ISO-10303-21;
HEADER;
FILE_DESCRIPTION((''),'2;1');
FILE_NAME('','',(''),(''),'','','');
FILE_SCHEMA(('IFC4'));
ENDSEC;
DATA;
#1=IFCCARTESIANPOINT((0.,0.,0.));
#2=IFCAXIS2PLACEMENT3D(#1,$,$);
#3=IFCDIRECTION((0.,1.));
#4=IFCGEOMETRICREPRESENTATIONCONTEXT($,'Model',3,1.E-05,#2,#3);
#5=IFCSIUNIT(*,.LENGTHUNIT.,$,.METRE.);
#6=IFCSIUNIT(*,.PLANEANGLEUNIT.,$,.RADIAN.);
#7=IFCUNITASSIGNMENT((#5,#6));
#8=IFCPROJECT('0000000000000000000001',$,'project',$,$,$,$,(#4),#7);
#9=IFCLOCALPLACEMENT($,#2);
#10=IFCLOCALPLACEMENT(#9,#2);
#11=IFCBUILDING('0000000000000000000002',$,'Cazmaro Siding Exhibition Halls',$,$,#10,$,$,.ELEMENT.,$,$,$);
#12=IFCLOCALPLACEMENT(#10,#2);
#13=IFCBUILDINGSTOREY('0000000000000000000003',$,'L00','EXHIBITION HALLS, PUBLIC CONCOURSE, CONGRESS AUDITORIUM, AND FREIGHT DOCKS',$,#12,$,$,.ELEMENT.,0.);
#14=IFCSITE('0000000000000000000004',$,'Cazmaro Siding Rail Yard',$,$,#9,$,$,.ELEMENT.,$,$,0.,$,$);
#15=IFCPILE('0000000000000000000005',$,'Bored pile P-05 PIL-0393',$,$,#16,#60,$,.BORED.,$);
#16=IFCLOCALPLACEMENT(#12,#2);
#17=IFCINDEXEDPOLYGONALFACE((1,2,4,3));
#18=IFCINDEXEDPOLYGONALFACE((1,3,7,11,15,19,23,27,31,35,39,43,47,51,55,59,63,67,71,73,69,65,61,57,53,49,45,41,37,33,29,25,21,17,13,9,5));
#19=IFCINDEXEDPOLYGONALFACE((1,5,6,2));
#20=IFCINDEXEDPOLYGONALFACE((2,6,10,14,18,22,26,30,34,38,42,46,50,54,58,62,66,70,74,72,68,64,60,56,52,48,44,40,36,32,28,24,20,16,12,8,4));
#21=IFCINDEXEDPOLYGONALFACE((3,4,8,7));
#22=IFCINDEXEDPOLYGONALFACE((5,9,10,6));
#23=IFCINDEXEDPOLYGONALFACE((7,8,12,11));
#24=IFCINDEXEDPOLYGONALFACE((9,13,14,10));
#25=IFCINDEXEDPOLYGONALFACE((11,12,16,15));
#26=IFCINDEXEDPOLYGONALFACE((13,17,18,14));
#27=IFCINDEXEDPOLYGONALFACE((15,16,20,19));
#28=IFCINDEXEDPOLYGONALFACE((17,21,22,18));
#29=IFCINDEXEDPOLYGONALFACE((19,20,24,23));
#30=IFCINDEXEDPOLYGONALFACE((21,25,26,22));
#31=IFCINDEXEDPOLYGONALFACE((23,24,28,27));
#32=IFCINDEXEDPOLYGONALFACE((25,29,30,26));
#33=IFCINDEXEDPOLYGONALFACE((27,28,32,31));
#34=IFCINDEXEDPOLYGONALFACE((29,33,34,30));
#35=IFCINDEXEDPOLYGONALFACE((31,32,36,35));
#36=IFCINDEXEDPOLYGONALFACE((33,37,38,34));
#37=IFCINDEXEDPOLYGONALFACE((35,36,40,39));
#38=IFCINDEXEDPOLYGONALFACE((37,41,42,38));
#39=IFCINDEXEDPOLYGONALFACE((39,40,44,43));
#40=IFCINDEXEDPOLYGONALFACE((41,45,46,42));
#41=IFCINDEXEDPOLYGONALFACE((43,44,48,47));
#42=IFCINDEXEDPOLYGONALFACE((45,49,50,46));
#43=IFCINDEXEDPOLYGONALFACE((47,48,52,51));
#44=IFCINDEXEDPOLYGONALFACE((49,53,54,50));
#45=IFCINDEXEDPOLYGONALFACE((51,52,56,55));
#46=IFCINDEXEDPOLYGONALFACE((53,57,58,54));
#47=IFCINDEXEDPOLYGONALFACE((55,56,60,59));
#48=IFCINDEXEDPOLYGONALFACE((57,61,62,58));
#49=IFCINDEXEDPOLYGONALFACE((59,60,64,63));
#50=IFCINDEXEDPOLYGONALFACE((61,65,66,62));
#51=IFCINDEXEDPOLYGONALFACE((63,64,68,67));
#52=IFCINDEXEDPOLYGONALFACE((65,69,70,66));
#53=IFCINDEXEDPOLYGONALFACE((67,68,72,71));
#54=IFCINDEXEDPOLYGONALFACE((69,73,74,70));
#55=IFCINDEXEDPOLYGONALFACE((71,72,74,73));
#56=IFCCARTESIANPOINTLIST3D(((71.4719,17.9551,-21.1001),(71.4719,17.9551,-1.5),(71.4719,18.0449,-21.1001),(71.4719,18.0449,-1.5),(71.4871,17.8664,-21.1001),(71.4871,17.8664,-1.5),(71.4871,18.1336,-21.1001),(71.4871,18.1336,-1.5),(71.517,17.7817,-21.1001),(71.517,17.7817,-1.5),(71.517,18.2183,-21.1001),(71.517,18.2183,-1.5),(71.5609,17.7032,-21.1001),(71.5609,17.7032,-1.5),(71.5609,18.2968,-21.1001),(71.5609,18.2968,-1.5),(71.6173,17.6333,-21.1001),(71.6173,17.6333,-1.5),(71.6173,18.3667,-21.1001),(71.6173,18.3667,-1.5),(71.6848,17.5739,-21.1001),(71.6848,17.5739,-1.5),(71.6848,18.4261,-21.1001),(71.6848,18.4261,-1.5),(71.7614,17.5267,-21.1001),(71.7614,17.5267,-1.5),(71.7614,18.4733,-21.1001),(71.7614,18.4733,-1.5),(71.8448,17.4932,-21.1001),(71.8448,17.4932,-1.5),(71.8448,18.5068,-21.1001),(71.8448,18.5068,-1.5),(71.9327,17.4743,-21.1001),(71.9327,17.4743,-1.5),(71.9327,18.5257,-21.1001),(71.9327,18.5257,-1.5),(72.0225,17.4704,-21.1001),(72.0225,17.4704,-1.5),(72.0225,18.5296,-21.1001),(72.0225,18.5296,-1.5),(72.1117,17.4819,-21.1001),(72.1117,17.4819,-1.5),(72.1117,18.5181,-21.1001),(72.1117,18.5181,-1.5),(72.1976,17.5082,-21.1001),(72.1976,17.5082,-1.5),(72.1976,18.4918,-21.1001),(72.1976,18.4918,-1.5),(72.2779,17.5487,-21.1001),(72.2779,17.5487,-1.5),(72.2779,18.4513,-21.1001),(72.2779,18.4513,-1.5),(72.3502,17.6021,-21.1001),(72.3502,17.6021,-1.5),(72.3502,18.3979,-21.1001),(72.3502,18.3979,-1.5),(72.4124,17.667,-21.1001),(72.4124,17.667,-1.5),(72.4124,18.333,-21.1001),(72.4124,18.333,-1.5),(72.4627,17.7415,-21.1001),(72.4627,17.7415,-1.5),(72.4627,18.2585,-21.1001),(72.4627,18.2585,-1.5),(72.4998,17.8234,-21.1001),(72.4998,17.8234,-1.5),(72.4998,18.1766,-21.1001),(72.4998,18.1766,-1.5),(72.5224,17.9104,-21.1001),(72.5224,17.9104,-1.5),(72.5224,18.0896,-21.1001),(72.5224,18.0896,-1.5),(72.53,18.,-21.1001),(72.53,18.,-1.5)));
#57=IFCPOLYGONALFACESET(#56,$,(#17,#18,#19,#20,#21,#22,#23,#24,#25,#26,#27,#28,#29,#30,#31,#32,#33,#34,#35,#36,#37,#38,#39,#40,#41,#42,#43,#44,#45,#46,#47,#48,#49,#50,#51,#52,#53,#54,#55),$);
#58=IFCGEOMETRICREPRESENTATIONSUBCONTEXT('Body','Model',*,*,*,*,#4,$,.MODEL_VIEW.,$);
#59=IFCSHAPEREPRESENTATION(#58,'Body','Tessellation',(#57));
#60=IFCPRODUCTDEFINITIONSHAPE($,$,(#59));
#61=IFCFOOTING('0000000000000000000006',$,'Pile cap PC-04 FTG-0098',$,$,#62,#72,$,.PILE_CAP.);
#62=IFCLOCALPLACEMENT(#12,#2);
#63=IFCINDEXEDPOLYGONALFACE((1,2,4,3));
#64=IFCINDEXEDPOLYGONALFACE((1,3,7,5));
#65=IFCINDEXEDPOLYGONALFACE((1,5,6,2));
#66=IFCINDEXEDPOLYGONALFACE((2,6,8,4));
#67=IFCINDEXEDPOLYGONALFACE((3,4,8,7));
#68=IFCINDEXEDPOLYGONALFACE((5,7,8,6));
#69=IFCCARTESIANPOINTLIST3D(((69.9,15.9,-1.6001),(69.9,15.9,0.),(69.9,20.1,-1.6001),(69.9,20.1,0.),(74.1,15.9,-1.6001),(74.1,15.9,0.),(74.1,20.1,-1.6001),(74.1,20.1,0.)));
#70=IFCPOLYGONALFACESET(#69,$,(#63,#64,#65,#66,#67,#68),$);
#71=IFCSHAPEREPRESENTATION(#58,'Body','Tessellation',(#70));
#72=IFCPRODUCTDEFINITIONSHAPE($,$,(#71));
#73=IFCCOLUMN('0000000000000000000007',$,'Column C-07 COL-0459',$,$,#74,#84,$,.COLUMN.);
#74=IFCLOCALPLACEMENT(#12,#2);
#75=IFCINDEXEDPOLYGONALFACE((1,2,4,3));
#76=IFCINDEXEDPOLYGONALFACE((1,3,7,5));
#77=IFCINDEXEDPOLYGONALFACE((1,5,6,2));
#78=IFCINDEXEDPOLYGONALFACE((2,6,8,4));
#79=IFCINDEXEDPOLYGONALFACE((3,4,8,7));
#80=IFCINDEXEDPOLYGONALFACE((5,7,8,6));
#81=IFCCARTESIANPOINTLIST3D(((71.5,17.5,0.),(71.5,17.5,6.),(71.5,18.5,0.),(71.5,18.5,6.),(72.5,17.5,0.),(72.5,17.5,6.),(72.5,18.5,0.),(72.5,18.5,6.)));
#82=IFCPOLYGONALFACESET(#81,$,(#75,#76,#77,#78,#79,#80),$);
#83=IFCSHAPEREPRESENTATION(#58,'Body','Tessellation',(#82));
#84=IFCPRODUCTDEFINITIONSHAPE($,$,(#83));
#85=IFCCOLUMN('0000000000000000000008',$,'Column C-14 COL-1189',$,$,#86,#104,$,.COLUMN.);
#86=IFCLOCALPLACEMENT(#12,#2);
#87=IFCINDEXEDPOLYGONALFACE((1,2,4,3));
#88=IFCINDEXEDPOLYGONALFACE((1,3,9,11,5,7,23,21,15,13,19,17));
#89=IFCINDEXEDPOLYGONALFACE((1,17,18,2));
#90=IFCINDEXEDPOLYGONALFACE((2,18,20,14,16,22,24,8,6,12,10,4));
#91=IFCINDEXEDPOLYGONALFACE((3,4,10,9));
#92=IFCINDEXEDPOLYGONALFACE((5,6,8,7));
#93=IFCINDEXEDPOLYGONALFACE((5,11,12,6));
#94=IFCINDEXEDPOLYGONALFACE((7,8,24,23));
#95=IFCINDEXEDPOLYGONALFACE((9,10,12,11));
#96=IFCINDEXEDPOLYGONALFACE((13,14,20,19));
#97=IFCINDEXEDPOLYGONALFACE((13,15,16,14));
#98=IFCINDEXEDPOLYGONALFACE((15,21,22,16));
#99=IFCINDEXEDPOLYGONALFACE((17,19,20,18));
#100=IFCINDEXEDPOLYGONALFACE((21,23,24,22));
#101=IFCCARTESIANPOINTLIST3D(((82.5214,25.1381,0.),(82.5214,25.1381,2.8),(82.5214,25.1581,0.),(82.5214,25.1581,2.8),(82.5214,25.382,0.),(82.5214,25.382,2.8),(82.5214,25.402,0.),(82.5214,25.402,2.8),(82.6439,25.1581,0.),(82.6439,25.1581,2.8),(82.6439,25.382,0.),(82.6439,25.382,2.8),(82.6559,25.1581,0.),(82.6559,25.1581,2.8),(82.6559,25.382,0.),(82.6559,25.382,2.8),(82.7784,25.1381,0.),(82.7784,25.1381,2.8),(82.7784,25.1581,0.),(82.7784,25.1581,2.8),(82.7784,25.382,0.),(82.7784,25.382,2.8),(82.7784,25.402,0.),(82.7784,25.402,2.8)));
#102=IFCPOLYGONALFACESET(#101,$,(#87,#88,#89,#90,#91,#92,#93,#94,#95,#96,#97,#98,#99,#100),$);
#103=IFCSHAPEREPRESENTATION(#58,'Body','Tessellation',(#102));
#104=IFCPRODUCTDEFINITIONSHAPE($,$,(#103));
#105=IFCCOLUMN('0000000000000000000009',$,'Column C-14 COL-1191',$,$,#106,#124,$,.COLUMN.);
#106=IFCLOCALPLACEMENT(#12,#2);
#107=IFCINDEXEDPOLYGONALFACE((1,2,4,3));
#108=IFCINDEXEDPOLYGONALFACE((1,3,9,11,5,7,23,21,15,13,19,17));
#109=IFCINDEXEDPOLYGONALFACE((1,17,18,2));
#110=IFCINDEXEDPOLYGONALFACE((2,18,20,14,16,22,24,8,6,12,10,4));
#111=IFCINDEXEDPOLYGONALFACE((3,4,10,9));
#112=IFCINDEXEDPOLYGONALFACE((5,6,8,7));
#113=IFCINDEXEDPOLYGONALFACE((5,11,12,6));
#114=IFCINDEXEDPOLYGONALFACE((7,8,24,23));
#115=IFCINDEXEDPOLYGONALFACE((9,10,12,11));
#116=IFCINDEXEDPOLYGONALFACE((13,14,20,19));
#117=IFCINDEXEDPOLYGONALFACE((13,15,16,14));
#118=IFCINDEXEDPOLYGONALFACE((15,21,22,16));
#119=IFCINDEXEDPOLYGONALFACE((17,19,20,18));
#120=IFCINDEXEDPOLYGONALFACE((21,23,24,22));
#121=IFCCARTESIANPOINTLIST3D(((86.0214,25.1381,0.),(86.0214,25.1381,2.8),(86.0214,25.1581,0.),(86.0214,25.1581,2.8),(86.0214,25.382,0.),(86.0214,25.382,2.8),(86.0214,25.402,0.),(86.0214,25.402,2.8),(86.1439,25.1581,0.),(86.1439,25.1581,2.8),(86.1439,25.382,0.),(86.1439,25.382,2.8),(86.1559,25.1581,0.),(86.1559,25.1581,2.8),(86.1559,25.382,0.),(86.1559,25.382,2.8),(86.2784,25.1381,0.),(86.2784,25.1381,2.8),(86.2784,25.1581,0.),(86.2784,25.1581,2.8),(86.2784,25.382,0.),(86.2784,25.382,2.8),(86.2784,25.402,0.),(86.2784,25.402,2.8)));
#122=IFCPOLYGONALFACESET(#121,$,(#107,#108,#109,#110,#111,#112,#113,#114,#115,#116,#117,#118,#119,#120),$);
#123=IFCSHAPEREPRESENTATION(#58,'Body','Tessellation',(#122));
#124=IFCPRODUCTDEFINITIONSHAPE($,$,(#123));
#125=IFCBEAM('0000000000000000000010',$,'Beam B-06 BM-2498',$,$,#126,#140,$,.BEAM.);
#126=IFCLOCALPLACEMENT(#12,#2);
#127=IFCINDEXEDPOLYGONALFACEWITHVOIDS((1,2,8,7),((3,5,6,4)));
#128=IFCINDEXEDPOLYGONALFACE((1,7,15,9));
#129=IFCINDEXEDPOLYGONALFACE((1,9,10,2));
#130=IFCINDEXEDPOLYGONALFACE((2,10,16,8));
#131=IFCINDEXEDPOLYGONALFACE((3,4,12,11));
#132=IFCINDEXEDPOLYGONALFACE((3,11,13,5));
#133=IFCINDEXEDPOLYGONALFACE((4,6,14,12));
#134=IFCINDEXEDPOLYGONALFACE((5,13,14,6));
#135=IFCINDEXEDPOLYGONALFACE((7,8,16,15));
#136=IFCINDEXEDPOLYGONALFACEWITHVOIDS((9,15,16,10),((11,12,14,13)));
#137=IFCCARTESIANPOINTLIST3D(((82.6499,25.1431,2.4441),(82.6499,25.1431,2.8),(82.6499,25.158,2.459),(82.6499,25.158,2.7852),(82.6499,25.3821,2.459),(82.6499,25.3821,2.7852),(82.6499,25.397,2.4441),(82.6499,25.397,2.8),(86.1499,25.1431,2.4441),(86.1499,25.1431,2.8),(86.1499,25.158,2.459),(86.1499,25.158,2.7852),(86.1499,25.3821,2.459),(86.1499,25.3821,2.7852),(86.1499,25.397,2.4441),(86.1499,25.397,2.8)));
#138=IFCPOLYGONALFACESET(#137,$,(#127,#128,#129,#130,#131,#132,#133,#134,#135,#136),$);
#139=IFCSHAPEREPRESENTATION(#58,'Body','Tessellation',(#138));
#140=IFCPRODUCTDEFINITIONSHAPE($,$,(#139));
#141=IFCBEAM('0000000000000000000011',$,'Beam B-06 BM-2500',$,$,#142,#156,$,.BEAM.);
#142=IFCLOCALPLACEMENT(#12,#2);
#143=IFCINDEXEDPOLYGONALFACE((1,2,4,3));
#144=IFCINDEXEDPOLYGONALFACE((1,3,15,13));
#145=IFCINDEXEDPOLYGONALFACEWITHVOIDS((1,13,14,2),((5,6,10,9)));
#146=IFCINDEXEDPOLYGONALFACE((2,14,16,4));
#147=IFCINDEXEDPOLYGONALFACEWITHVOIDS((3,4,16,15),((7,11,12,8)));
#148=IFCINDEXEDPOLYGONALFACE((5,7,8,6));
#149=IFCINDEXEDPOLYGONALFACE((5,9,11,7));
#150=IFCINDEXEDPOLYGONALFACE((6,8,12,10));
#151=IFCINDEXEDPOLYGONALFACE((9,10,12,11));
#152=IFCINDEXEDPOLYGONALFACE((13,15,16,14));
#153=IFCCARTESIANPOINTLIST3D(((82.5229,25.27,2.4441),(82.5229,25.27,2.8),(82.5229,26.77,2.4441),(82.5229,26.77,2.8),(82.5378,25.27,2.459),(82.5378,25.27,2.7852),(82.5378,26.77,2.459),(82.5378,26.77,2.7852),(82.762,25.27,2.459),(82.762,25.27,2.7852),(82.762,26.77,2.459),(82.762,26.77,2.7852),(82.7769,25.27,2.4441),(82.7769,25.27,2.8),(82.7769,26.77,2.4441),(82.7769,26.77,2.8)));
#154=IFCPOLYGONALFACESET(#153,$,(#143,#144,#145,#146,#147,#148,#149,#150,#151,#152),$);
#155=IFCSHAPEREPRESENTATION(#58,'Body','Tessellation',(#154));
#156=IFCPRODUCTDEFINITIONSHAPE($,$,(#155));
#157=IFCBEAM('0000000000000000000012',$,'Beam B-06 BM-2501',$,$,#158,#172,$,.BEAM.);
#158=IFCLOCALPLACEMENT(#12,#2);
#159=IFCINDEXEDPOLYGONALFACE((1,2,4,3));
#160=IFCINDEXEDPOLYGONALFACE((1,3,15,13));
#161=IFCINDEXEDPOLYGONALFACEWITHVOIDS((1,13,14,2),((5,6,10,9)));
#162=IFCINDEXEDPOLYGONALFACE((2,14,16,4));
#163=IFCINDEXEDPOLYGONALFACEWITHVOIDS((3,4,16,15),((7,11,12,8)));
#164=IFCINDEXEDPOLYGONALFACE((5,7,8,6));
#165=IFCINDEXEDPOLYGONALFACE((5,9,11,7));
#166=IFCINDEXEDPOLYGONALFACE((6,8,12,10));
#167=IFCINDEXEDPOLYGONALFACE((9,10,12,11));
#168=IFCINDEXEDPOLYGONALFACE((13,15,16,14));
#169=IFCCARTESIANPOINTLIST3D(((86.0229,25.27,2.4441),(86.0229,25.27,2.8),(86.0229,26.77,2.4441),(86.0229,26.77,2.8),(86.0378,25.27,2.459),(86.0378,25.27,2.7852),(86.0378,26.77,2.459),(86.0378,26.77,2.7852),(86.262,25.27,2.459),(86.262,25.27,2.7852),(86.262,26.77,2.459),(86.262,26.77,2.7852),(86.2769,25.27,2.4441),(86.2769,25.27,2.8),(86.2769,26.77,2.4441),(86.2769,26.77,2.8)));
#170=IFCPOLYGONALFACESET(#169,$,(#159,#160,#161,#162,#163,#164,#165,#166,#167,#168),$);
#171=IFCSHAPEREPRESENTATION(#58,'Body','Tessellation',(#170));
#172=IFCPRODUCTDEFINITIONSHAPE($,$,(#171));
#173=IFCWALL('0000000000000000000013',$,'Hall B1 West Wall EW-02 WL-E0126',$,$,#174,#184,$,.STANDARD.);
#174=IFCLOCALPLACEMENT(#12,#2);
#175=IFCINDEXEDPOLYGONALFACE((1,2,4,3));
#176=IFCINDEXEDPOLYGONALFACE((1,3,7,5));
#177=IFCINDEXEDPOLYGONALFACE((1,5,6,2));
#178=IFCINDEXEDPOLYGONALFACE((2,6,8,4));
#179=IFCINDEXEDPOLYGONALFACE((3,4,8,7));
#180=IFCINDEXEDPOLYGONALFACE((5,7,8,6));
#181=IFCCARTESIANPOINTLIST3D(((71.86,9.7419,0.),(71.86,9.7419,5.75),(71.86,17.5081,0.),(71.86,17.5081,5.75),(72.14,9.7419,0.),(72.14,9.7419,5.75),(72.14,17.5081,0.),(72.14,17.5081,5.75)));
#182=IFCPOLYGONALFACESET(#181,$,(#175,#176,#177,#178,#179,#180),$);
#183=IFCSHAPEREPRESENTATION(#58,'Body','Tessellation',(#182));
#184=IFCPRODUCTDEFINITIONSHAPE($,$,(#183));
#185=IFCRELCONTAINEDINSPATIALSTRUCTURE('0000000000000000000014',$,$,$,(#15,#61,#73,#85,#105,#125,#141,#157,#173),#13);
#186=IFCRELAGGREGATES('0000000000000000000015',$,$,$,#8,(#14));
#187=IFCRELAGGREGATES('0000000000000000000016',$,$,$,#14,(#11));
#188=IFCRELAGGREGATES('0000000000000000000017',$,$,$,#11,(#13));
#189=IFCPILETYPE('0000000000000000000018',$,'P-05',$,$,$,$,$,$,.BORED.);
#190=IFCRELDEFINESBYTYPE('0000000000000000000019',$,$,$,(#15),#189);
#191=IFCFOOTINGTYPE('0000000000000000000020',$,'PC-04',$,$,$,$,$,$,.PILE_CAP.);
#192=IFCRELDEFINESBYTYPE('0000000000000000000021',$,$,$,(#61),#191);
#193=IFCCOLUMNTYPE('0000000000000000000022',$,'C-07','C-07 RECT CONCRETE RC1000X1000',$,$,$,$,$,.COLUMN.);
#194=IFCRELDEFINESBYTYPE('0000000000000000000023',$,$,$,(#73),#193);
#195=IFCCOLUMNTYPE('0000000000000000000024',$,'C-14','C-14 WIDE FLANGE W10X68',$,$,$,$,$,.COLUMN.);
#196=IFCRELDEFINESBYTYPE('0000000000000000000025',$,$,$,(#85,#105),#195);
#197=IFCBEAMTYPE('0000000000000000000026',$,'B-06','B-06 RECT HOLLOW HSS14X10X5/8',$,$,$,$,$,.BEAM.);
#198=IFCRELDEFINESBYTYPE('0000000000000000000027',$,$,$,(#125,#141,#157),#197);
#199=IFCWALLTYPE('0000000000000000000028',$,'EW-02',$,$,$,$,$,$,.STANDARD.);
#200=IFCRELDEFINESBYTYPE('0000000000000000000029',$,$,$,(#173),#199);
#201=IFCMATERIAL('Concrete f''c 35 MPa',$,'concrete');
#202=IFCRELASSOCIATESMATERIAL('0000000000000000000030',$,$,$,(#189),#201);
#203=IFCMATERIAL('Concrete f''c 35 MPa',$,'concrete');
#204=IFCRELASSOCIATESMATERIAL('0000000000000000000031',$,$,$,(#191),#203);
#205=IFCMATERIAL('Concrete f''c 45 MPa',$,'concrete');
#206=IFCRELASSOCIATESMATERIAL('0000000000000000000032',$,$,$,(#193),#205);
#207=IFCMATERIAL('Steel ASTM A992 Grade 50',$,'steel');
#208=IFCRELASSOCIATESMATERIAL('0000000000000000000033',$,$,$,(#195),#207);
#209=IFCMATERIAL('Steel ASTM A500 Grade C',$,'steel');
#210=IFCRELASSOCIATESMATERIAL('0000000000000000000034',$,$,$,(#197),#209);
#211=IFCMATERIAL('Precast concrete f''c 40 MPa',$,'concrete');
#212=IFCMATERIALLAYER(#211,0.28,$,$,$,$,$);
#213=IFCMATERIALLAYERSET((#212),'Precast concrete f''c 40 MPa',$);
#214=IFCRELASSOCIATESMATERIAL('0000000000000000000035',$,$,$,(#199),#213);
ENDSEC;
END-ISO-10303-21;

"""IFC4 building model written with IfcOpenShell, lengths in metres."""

from ifc_helpers import new_model, si_unit, direction, frame, frame_2d, origin, origin_2d, place, context, subcontext, project, spatial, rectangle, hollow_rectangle, circle, i_section, extrude, material, layer, layer_set, material_profile, profile_set, type_object, element, save


model = new_model("IFC4")

# Units and contexts
model_context = context("Model", 3, precision=1e-05, world=origin(), true_north=direction((0.0, 1.0)))
body_context = subcontext(model_context, "Body", "Model", "MODEL_VIEW")
ifc_project = project(units=[si_unit("LENGTHUNIT", "METRE"), si_unit("PLANEANGLEUNIT", "RADIAN")], contexts=[model_context])

# Site, building, storey
site_placement = place(None, origin())
site = spatial("IfcSite", under=ifc_project, at=site_placement, Name="Cazmaro Siding Rail Yard", CompositionType="ELEMENT", RefElevation=0.0)
building_placement = place(site_placement, origin())
building = spatial("IfcBuilding", under=site, at=building_placement, Name="Cazmaro Siding Exhibition Halls", CompositionType="ELEMENT")
storey_placement = place(building_placement, origin())
storey = spatial("IfcBuildingStorey", under=building, at=storey_placement, Name="L00", Description="EXHIBITION HALLS, PUBLIC CONCOURSE, CONGRESS AUDITORIUM, AND FREIGHT DOCKS", CompositionType="ELEMENT", Elevation=0.0)

# Pile
ifc_material_1 = material(Name="Concrete f'c 35 MPa", Category="concrete")
ifc_material_profile_1 = material_profile(ifc_material_1, circle(Radius=0.53, at=origin_2d()), Name="CIDH-1060")
ifc_profile_set_1 = profile_set([ifc_material_profile_1], Name="Concrete f'c 35 MPa")
pile_type = type_object("IfcPileType", Name="P-05", PredefinedType="BORED", material=ifc_profile_set_1)
pile_placement = place(storey_placement, frame((72.0, 18.0, -1.5), z_axis=(0.0, 0.0, -1.0), x_axis=(1.0, 0.0, 0.0)))
element("IfcPile", 1, at=pile_placement, inside=storey, type_object=pile_type, Name="Bored pile P-05 PIL-0393", PredefinedType="BORED", context=body_context, shape_type="SweptSolid", body=[
    extrude(circle(Radius=0.53, at=origin_2d()), origin(), (0.0, 0.0, 1.0), 19.6001),
])

# Footing
ifc_material_2 = material(Name="Concrete f'c 35 MPa", Category="concrete")
footing_type = type_object("IfcFootingType", Name="PC-04", PredefinedType="PILE_CAP", material=ifc_material_2)
footing_placement = place(storey_placement, frame((72.0, 18.0, -1.6001), z_axis=(0.0, 0.0, 1.0), x_axis=(1.0, 0.0, 0.0)))
element("IfcFooting", 2, at=footing_placement, inside=storey, type_object=footing_type, Name="Pile cap PC-04 FTG-0098", PredefinedType="PILE_CAP", context=body_context, shape_type="SweptSolid", body=[
    extrude(rectangle(XDim=4.2, YDim=4.2, at=origin_2d()), origin(), (0.0, 0.0, 1.0), 1.6001),
])

# Columns
ifc_material_3 = material(Name="Concrete f'c 45 MPa", Category="concrete")
ifc_material_profile_2 = material_profile(ifc_material_3, rectangle(XDim=1.0, YDim=1.0, at=origin_2d()), Name="RC1000X1000")
ifc_profile_set_2 = profile_set([ifc_material_profile_2], Name="Concrete f'c 45 MPa")
column_type_1 = type_object("IfcColumnType", Name="C-07", Description="C-07 RECT CONCRETE RC1000X1000", PredefinedType="COLUMN", material=ifc_profile_set_2)
column_placement = place(storey_placement, frame((72.0, 18.0, 0.0), z_axis=(0.0, 0.0, 1.0), x_axis=(1.0, 0.0, 0.0)))
element("IfcColumn", 3, at=column_placement, inside=storey, type_object=column_type_1, Name="Column C-07 COL-0459", PredefinedType="COLUMN", context=body_context, shape_type="SweptSolid", body=[
    extrude(rectangle(XDim=1.0, YDim=1.0, at=origin_2d()), origin(), (0.0, 0.0, 1.0), 6.0),
])
ifc_material_4 = material(Name="Steel ASTM A992 Grade 50", Category="steel")
ifc_material_profile_3 = material_profile(ifc_material_4, i_section(OverallWidth=0.2571, OverallDepth=0.2639, WebThickness=0.012, FlangeThickness=0.02, at=origin_2d()), Name="W10X68")
ifc_profile_set_3 = profile_set([ifc_material_profile_3], Name="Steel ASTM A992 Grade 50")
column_type_2 = type_object("IfcColumnType", Name="C-14", Description="C-14 WIDE FLANGE W10X68", PredefinedType="COLUMN", material=ifc_profile_set_3)
for number, where, z_axis, x_axis, name in (
    (4, (82.6499, 25.27, 0.0), (0.0, 0.0, 1.0), (1.0, 0.0, 0.0), "Column C-14 COL-1189"),
    (5, (86.1499, 25.27, 0.0), (0.0, 0.0, 1.0), (1.0, 0.0, 0.0), "Column C-14 COL-1191"),
):
    element("IfcColumn", number, at=place(storey_placement, frame(where, z_axis=z_axis, x_axis=x_axis)), inside=storey, type_object=column_type_2, Name=name, PredefinedType="COLUMN", context=body_context, shape_type="SweptSolid", body=[
        extrude(i_section(OverallWidth=0.2571, OverallDepth=0.2639, WebThickness=0.012, FlangeThickness=0.02, at=origin_2d()), origin(), (0.0, 0.0, 1.0), 2.8),
    ])

# Beams
ifc_material_5 = material(Name="Steel ASTM A500 Grade C", Category="steel")
ifc_material_profile_4 = material_profile(ifc_material_5, hollow_rectangle(XDim=0.2539, YDim=0.356, WallThickness=0.0149, at=origin_2d()), Name="HSS14X10X5/8")
ifc_profile_set_4 = profile_set([ifc_material_profile_4], Name="Steel ASTM A500 Grade C")
beam_type = type_object("IfcBeamType", Name="B-06", Description="B-06 RECT HOLLOW HSS14X10X5/8", PredefinedType="BEAM", material=ifc_profile_set_4)
beam_placement = place(storey_placement, frame((82.6499, 25.27, 2.6221), z_axis=(1.0, 0.0, 0.0), x_axis=(0.0, 1.0, 0.0)))
element("IfcBeam", 6, at=beam_placement, inside=storey, type_object=beam_type, Name="Beam B-06 BM-2498", PredefinedType="BEAM", context=body_context, shape_type="SweptSolid", body=[
    extrude(hollow_rectangle(XDim=0.2539, YDim=0.356, WallThickness=0.0149, at=origin_2d()), origin(), (0.0, 0.0, 1.0), 3.5),
])
for number, where, z_axis, x_axis, name in (
    (7, (82.6499, 25.27, 2.6221), (0.0, 1.0, 0.0), (-1.0, 0.0, 0.0), "Beam B-06 BM-2500"),
    (8, (86.1499, 25.27, 2.6221), (0.0, 1.0, 0.0), (-1.0, 0.0, 0.0), "Beam B-06 BM-2501"),
):
    element("IfcBeam", number, at=place(storey_placement, frame(where, z_axis=z_axis, x_axis=x_axis)), inside=storey, type_object=beam_type, Name=name, PredefinedType="BEAM", context=body_context, shape_type="SweptSolid", body=[
        extrude(hollow_rectangle(XDim=0.2539, YDim=0.356, WallThickness=0.0149, at=origin_2d()), origin(), (0.0, 0.0, 1.0), 1.5),
    ])

# Wall
ifc_material_6 = material(Name="Precast concrete f'c 40 MPa", Category="concrete")
ifc_layer_1 = layer(ifc_material_6, 0.28)
ifc_layer_set_1 = layer_set([ifc_layer_1], Name="Precast concrete f'c 40 MPa")
wall_type_1 = type_object("IfcWallType", Name="EW-02", PredefinedType="STANDARD", material=ifc_layer_set_1)
wall_1_placement = place(storey_placement, frame((72.0, 9.7419, 0.0), z_axis=(0.0, 0.0, 1.0), x_axis=(0.0, 1.0, 0.0)))
element("IfcWall", 9, at=wall_1_placement, inside=storey, type_object=wall_type_1, Name="Hall B1 West Wall EW-02 WL-E0126", PredefinedType="STANDARD", context=body_context, shape_type="SweptSolid", body=[
    extrude(rectangle(XDim=7.7661, YDim=0.28, at=frame_2d((3.8831, 0.0))), origin(), (0.0, 0.0, 1.0), 5.75),
])

save(model, "model.ifc")
